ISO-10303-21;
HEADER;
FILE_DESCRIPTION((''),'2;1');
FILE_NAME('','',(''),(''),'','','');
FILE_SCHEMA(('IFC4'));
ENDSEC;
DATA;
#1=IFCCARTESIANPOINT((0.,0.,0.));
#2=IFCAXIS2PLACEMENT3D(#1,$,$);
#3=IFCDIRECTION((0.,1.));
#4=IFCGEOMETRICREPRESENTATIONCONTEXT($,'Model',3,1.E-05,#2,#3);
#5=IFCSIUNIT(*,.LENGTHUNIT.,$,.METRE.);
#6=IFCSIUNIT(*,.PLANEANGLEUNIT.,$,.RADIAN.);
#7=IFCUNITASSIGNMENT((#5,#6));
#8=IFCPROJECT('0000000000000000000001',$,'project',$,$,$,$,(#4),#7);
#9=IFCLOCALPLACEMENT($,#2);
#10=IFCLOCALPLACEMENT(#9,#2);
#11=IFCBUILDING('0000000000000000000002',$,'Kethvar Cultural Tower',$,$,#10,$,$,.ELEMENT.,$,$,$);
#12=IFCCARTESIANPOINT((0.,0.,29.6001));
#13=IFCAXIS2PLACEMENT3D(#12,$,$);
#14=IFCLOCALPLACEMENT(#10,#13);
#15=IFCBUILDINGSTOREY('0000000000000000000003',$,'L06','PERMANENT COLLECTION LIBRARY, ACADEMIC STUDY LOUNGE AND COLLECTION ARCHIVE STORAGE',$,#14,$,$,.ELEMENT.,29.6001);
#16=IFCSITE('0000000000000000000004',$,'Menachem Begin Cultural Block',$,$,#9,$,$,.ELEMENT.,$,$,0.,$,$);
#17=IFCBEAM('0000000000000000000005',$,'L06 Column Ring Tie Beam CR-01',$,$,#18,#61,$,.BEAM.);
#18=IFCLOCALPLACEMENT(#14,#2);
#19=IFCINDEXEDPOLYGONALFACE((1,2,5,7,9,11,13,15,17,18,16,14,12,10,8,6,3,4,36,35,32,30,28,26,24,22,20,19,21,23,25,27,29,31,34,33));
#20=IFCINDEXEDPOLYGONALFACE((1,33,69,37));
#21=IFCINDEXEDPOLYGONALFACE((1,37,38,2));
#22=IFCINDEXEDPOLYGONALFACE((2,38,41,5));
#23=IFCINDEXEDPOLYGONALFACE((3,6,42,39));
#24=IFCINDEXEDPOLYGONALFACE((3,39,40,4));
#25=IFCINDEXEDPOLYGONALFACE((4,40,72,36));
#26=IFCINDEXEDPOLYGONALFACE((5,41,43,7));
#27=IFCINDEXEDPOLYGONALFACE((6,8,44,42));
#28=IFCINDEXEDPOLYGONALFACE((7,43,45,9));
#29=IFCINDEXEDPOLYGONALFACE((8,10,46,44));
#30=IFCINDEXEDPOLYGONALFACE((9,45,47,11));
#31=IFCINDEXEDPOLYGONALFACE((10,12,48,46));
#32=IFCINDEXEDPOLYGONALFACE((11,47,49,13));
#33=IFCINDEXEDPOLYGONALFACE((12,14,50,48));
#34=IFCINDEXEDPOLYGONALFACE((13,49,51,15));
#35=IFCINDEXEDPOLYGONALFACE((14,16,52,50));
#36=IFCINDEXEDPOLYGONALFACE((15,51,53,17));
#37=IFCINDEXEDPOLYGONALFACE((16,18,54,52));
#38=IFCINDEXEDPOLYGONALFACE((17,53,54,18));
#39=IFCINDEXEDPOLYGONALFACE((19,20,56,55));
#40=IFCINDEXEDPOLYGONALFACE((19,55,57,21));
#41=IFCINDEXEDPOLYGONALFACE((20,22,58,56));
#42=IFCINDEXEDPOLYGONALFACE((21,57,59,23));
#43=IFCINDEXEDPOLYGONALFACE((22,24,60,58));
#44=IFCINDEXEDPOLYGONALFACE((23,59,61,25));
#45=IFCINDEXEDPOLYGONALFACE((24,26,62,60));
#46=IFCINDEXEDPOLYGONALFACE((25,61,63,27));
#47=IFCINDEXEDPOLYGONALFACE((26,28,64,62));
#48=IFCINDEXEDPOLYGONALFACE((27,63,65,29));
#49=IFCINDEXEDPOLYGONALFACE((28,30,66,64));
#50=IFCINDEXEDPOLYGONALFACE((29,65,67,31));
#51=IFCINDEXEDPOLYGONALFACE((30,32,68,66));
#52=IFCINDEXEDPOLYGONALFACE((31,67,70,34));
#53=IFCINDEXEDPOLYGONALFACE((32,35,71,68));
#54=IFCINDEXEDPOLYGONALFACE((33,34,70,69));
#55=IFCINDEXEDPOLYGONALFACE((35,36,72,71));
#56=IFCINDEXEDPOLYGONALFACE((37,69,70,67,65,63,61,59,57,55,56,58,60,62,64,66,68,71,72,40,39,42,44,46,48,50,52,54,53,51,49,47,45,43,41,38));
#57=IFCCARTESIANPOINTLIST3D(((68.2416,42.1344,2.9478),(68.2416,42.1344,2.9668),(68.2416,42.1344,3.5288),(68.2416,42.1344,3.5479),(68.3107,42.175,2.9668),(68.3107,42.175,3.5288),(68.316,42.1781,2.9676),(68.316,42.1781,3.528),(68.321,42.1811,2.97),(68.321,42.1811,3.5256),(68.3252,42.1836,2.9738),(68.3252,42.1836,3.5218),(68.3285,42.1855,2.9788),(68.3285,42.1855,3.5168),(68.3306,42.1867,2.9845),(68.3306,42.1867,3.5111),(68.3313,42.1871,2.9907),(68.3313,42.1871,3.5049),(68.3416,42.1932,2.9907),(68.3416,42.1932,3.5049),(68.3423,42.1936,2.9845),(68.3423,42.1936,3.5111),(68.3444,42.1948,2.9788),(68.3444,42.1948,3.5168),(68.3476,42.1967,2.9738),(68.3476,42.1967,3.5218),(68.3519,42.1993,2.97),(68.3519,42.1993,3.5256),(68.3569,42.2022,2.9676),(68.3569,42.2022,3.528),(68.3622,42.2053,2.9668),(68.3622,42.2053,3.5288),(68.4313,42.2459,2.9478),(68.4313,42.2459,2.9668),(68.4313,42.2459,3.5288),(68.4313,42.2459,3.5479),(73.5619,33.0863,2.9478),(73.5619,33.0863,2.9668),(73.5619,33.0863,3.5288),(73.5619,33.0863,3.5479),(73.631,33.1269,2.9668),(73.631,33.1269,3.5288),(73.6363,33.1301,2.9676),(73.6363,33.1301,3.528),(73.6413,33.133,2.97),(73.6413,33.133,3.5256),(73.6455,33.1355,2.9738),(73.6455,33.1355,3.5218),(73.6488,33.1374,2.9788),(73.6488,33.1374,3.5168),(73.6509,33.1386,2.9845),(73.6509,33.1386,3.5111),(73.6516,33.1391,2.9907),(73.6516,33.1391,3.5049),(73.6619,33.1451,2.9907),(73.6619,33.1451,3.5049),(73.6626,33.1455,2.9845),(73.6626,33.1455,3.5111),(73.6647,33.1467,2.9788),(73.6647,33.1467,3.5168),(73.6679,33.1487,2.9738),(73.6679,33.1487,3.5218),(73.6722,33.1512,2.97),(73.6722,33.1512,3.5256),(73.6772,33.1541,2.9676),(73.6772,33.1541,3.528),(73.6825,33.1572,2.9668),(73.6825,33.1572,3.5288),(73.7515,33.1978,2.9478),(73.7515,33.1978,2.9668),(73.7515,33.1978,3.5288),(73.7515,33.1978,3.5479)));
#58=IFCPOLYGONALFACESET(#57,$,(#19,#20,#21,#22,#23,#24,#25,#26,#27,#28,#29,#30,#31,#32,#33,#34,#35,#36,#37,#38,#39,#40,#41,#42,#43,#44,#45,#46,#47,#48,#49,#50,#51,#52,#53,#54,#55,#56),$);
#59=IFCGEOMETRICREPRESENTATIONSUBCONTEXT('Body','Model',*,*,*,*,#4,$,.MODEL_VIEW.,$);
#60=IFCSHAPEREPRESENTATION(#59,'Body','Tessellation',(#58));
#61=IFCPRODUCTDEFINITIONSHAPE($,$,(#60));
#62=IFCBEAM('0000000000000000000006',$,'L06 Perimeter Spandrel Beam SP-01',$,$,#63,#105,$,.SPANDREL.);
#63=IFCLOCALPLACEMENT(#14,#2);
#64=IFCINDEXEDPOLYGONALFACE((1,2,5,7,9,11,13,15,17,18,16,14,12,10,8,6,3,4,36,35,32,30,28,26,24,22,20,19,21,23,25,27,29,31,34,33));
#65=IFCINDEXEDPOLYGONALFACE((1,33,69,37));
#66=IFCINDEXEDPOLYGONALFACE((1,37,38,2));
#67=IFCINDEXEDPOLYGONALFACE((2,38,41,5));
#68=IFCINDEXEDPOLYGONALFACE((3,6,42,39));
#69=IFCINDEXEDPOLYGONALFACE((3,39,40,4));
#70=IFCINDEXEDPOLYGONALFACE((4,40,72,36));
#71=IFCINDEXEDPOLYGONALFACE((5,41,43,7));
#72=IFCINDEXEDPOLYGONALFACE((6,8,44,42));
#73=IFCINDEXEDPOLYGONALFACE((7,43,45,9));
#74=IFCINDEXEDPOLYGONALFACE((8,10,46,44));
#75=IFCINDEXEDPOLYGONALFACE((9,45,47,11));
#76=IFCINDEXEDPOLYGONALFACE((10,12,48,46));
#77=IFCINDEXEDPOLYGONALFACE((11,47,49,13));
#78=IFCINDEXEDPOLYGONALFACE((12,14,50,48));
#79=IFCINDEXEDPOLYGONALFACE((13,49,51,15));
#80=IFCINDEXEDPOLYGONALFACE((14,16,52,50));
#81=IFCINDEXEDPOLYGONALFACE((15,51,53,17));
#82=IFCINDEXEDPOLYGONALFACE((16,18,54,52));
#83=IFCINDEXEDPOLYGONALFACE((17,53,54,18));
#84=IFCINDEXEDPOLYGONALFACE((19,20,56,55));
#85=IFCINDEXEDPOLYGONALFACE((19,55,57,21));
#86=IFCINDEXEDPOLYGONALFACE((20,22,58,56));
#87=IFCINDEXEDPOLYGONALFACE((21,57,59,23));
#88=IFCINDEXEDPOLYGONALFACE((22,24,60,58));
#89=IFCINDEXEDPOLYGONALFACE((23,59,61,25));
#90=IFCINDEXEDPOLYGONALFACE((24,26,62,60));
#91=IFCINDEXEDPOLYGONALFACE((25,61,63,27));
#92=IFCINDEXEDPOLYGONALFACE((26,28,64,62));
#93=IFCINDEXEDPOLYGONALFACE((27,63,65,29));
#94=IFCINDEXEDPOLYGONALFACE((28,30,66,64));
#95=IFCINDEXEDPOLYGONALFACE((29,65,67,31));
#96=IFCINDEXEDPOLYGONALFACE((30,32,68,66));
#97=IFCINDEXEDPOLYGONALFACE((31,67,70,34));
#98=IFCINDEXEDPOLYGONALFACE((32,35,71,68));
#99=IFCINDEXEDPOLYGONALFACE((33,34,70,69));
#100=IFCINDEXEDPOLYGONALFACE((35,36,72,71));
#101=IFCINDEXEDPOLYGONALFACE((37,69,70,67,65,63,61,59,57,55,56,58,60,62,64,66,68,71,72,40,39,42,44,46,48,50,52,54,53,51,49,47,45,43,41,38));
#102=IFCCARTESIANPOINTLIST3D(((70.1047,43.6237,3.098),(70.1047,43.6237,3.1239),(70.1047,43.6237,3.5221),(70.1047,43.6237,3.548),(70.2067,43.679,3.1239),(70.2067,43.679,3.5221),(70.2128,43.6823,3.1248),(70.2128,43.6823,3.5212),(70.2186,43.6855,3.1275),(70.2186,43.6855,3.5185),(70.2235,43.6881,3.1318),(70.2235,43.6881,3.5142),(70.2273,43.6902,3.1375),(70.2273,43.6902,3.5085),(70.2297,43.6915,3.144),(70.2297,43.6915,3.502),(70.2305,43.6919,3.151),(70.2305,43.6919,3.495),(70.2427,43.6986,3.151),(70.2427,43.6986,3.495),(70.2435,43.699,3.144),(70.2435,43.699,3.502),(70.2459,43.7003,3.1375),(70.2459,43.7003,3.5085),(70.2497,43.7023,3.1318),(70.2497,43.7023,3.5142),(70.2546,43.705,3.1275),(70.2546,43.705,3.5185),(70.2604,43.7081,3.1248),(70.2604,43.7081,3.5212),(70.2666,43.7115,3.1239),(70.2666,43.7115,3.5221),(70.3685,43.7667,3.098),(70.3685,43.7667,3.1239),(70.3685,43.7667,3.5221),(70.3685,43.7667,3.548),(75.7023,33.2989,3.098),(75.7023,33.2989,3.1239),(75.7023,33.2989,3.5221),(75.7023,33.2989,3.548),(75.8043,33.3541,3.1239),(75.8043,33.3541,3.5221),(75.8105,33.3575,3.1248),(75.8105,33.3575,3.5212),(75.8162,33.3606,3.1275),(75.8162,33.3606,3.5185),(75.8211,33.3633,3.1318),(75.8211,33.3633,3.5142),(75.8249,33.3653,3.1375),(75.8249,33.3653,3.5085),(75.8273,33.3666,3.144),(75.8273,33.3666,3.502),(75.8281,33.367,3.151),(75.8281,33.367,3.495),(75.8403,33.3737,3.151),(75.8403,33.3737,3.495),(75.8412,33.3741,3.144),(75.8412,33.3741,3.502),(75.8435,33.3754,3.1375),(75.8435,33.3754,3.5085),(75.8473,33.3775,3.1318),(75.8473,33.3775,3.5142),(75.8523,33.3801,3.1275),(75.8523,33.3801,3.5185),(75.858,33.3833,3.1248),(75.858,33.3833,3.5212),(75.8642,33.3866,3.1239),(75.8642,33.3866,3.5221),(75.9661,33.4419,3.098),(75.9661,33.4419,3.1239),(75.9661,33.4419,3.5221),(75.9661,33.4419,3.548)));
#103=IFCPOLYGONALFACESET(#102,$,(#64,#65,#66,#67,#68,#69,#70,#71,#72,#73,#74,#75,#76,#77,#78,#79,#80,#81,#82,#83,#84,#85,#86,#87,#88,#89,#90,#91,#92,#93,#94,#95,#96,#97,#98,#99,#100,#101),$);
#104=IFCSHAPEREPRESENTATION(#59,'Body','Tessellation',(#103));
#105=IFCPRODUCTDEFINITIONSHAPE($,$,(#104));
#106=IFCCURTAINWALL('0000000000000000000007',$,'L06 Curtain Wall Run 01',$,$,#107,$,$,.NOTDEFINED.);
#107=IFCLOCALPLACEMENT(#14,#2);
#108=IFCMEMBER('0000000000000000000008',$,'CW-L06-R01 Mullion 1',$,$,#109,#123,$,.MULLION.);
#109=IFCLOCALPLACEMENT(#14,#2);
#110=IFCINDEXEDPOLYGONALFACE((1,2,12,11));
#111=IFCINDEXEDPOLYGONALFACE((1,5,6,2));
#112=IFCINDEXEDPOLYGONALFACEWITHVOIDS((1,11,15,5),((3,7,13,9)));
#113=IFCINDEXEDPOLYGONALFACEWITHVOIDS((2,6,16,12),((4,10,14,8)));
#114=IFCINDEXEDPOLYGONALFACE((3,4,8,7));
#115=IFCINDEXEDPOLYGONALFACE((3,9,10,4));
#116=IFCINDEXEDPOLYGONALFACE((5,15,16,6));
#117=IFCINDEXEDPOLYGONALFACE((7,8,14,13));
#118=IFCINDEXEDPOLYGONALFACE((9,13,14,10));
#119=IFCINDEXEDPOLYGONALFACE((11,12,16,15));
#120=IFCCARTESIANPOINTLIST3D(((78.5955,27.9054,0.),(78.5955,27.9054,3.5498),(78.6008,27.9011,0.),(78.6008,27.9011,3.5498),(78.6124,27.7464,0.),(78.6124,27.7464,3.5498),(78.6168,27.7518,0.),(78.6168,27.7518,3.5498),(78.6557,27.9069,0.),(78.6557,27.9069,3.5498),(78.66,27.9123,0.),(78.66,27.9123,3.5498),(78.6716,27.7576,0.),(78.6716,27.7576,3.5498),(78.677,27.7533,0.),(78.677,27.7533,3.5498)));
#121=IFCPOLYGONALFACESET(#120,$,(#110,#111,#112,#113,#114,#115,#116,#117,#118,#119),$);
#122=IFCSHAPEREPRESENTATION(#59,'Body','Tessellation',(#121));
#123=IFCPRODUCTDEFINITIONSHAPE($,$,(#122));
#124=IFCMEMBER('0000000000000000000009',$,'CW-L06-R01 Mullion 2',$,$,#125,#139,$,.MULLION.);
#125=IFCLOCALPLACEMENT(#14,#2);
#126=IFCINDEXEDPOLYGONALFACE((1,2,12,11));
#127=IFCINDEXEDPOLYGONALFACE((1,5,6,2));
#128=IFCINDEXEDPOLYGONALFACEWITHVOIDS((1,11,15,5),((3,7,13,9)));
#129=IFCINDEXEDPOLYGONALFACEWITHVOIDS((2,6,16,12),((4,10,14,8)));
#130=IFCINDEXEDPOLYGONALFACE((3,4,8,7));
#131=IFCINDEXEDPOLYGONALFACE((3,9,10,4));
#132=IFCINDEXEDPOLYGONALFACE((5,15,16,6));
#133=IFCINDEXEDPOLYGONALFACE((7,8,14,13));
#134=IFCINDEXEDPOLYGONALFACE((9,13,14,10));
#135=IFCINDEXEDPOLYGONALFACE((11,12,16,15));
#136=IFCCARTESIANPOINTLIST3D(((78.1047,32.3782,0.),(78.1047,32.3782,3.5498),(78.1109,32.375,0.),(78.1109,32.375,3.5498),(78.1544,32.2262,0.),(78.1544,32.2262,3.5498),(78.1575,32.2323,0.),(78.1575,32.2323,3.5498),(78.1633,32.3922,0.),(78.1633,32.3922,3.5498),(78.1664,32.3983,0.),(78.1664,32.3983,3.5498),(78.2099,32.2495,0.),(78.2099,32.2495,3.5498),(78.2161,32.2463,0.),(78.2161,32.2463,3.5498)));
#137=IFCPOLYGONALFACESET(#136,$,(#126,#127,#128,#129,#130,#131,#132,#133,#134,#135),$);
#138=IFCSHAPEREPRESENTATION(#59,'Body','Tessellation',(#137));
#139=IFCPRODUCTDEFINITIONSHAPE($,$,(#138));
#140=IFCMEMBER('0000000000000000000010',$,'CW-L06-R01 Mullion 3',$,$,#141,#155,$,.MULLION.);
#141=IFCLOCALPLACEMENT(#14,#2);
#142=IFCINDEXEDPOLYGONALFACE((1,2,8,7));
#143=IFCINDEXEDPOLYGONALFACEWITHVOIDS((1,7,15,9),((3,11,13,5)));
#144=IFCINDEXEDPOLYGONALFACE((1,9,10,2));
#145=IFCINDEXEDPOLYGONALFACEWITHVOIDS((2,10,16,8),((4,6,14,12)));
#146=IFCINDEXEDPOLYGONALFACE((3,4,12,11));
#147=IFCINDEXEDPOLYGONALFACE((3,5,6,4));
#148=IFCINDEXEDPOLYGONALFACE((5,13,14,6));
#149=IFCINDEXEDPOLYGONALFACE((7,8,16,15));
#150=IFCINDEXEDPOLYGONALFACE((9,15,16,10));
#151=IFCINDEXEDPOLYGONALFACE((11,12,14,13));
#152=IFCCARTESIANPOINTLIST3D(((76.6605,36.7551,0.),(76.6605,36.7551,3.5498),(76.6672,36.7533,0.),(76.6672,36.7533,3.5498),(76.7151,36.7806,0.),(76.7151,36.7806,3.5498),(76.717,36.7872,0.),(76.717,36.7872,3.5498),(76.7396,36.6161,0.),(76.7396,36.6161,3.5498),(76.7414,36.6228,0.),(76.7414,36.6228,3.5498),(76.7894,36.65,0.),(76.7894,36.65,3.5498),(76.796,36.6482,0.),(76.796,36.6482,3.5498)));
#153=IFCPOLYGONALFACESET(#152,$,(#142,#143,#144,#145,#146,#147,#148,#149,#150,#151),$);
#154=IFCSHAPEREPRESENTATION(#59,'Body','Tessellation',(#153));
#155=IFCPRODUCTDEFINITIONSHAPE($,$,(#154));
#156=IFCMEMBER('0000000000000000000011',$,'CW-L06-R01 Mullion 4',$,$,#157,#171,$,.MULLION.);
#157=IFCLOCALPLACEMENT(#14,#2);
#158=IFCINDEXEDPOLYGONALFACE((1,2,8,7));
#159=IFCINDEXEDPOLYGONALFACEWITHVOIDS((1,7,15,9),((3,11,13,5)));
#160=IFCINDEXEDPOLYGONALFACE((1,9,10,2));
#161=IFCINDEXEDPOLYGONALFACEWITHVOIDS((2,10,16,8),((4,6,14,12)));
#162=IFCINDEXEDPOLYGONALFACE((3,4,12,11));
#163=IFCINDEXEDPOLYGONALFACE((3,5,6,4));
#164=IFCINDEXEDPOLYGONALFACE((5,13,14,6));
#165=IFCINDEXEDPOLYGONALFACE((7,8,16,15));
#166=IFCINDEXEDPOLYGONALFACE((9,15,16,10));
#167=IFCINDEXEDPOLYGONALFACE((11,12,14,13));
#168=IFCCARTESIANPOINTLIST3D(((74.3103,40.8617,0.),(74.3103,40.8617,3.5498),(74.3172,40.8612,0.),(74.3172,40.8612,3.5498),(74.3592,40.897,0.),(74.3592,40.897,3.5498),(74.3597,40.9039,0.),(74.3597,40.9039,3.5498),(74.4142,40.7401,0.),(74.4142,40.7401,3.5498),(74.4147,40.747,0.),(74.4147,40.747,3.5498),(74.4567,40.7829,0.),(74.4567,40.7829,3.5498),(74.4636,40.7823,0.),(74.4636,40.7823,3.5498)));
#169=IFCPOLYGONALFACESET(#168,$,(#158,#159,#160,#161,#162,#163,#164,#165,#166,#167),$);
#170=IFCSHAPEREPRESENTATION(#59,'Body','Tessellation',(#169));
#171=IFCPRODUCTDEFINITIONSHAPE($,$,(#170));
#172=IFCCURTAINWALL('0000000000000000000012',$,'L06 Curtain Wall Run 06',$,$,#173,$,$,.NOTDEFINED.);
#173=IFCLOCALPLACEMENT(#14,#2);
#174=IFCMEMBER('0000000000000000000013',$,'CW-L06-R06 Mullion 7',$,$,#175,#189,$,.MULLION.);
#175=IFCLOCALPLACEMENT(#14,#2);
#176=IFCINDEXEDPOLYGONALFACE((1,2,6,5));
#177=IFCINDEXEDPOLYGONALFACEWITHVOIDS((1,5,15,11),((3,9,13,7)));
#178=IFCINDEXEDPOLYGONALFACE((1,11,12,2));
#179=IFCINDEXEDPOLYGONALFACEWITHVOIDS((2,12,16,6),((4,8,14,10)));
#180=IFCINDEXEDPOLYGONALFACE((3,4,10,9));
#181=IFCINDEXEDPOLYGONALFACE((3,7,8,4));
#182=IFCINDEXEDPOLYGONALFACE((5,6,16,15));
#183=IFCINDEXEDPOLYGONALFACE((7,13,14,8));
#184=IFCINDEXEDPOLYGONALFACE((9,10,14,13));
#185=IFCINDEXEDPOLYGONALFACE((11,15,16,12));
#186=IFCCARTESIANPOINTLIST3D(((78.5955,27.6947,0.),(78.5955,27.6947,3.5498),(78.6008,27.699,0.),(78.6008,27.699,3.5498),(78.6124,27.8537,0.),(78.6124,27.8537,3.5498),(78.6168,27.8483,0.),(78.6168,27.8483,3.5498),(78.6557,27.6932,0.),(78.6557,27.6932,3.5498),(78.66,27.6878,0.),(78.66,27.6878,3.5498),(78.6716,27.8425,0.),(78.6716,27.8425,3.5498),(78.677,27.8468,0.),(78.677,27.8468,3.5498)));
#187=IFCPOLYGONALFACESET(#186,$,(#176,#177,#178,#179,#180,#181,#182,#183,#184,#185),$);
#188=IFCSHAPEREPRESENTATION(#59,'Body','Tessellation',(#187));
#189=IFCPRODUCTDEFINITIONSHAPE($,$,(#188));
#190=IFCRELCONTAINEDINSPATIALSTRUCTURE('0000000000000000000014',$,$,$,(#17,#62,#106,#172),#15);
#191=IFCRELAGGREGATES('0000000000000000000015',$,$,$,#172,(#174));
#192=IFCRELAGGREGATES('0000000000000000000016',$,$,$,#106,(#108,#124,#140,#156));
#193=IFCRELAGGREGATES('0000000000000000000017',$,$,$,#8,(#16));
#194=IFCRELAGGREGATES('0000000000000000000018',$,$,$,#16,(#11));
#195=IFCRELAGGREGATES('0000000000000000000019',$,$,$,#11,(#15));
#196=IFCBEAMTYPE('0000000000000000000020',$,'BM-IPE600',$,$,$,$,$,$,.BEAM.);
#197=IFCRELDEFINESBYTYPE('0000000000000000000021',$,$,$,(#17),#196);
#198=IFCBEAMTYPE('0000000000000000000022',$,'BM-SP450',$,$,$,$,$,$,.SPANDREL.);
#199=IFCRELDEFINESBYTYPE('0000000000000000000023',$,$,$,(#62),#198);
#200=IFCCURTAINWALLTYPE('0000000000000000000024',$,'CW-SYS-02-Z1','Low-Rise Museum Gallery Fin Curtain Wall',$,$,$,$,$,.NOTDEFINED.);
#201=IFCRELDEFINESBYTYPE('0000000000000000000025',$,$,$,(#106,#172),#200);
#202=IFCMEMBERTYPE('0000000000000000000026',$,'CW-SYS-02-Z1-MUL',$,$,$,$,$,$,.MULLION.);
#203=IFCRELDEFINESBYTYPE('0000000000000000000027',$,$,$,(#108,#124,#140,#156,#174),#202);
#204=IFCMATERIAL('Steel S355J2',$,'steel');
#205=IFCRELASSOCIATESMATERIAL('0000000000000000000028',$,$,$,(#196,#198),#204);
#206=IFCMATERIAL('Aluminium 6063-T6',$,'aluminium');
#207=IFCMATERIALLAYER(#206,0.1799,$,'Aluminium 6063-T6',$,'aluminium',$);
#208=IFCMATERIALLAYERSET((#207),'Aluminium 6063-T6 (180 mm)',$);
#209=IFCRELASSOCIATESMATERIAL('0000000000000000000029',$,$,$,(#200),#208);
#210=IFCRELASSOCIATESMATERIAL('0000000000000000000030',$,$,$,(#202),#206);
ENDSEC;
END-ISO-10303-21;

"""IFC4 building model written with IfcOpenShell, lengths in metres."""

from ifc_helpers import new_model, si_unit, direction, frame, origin, origin_2d, place, context, subcontext, project, spatial, hollow_rectangle, i_section, extrude, source, transform, mapped, material, layer, layer_set, material_profile, profile_set, type_object, element, aggregate, save


model = new_model("IFC4")

# Units and contexts
model_context = context("Model", 3, precision=1e-05, world=origin(), true_north=direction((0.0, 1.0)))
body_context = subcontext(model_context, "Body", "Model", "MODEL_VIEW")
ifc_project = project(units=[si_unit("LENGTHUNIT", "METRE"), si_unit("PLANEANGLEUNIT", "RADIAN")], contexts=[model_context])

# Site, building, storey
site_placement = place(None, origin())
site = spatial("IfcSite", under=ifc_project, at=site_placement, Name="Menachem Begin Cultural Block", CompositionType="ELEMENT", RefElevation=0.0)
building_placement = place(site_placement, origin())
building = spatial("IfcBuilding", under=site, at=building_placement, Name="Kethvar Cultural Tower", CompositionType="ELEMENT")
storey_placement = place(building_placement, frame((0.0, 0.0, 29.6001)))
storey = spatial("IfcBuildingStorey", under=building, at=storey_placement, Name="L06", Description="PERMANENT COLLECTION LIBRARY, ACADEMIC STUDY LOUNGE AND COLLECTION ARCHIVE STORAGE", CompositionType="ELEMENT", Elevation=29.6001)

# Beams
ifc_material_1 = material(Name="Steel S355J2", Category="steel")
ifc_material_profile_1 = material_profile(ifc_material_1, i_section(OverallWidth=0.22, OverallDepth=0.6001, WebThickness=0.012, FlangeThickness=0.019, FilletRadius=0.0239, at=origin_2d()), Name="Steel S355J2 — IPE600")
ifc_profile_set_1 = profile_set([ifc_material_profile_1], Name="Steel S355J2 — IPE600")
beam_type_1 = type_object("IfcBeamType", Name="BM-IPE600", PredefinedType="BEAM", material=ifc_profile_set_1)
shared_shape_1 = source(origin(), body_context, "Body", "SweptSolid", [
    extrude(i_section(OverallWidth=0.22, OverallDepth=0.6001, WebThickness=0.012, FlangeThickness=0.019, FilletRadius=0.0239, at=origin_2d()), origin(), (0.0, 0.0, 1.0), 10.4963),
])
beam_1_placement = place(storey_placement, frame((73.6567, 33.1421, 3.2478), z_axis=(-0.506872, 0.862022, 0.0), x_axis=(-0.862022, -0.506872, 0.0)))
element("IfcBeam", 1, at=beam_1_placement, inside=storey, type_object=beam_type_1, Name="L06 Column Ring Tie Beam CR-01", PredefinedType="BEAM", context=body_context, shape_type="MappedRepresentation", body=[
    mapped(shared_shape_1, transform((0.0, 0.0, 0.0), scale=1.0)),
])
ifc_material_profile_2 = material_profile(ifc_material_1, i_section(OverallWidth=0.3, OverallDepth=0.45, WebThickness=0.0139, FlangeThickness=0.0259, FilletRadius=0.0271, at=origin_2d()), Name="Steel S355J2 — HEB450")
ifc_profile_set_2 = profile_set([ifc_material_profile_2], Name="Steel S355J2 — HEB450")
beam_type_2 = type_object("IfcBeamType", Name="BM-SP450", PredefinedType="SPANDREL", material=ifc_profile_set_2)
shared_shape_2 = source(origin(), body_context, "Body", "SweptSolid", [
    extrude(i_section(OverallWidth=0.3, OverallDepth=0.45, WebThickness=0.0139, FlangeThickness=0.0259, FilletRadius=0.0271, at=origin_2d()), origin(), (0.0, 0.0, 1.0), 11.7446),
])
beam_2_placement = place(storey_placement, frame((75.8342, 33.3704, 3.323), z_axis=(-0.476611, 0.879115, 0.0), x_axis=(-0.879115, -0.476611, 0.0)))
element("IfcBeam", 2, at=beam_2_placement, inside=storey, type_object=beam_type_2, Name="L06 Perimeter Spandrel Beam SP-01", PredefinedType="SPANDREL", context=body_context, shape_type="MappedRepresentation", body=[
    mapped(shared_shape_2, transform((0.0, 0.0, 0.0), scale=1.0)),
])

# Curtain wall, members
ifc_material_2 = material(Name="Aluminium 6063-T6", Category="aluminium")
ifc_layer_1 = layer(ifc_material_2, 0.1799, Name="Aluminium 6063-T6", Category="aluminium")
ifc_layer_set_1 = layer_set([ifc_layer_1], Name="Aluminium 6063-T6 (180 mm)")
curtain_wall_type = type_object("IfcCurtainWallType", Name="CW-SYS-02-Z1", Description="Low-Rise Museum Gallery Fin Curtain Wall", PredefinedType="NOTDEFINED", material=ifc_layer_set_1)
curtain_wall_1_placement = place(storey_placement, origin())
curtain_wall_1 = element("IfcCurtainWall", 3, at=curtain_wall_1_placement, inside=storey, type_object=curtain_wall_type, Name="L06 Curtain Wall Run 01", PredefinedType="NOTDEFINED")
ifc_material_profile_3 = material_profile(ifc_material_2, hollow_rectangle(XDim=0.0649, YDim=0.1599, WallThickness=0.0049, at=origin_2d()), Name="Aluminium 6063-T6 — RHS160x65x5")
ifc_profile_set_3 = profile_set([ifc_material_profile_3], Name="Aluminium 6063-T6 — RHS160x65x5")
member_type_1 = type_object("IfcMemberType", Name="CW-SYS-02-Z1-MUL", PredefinedType="MULLION", material=ifc_profile_set_3)
shared_shape_3 = source(origin(), body_context, "Body", "SweptSolid", [
    extrude(hollow_rectangle(XDim=0.0649, YDim=0.1599, WallThickness=0.0049, at=origin_2d()), origin(), (0.0, 0.0, 1.0), 3.5498),
])
member_1_placement = place(storey_placement, frame((78.6362, 27.8293, 0.0), z_axis=(0.0, 0.0, 1.0), x_axis=(-0.994355, -0.106108, 0.0)))
member_1 = element("IfcMember", 4, at=member_1_placement, type_object=member_type_1, Name="CW-L06-R01 Mullion 1", PredefinedType="MULLION", context=body_context, shape_type="MappedRepresentation", body=[
    mapped(shared_shape_3, transform((0.0, 0.0, 0.0), scale=1.0)),
])
member_2_placement = place(storey_placement, frame((78.1604, 32.3123, 0.0), z_axis=(0.0, 0.0, 1.0), x_axis=(-0.95051, -0.310693, 0.0)))
member_2 = element("IfcMember", 5, at=member_2_placement, type_object=member_type_1, Name="CW-L06-R01 Mullion 2", PredefinedType="MULLION", context=body_context, shape_type="MappedRepresentation", body=[
    mapped(shared_shape_3, transform((0.0, 0.0, 0.0), scale=1.0)),
])
member_3_placement = place(storey_placement, frame((76.7283, 36.7017, 0.0), z_axis=(0.0, 0.0, 1.0), x_axis=(-0.869219, -0.494427, 0.0)))
member_3 = element("IfcMember", 6, at=member_3_placement, type_object=member_type_1, Name="CW-L06-R01 Mullion 3", PredefinedType="MULLION", context=body_context, shape_type="MappedRepresentation", body=[
    mapped(shared_shape_3, transform((0.0, 0.0, 0.0), scale=1.0)),
])
member_4_placement = place(storey_placement, frame((74.387, 40.822, 0.0), z_axis=(0.0, 0.0, 1.0), x_axis=(-0.760372, -0.649488, 0.0)))
member_4 = element("IfcMember", 7, at=member_4_placement, type_object=member_type_1, Name="CW-L06-R01 Mullion 4", PredefinedType="MULLION", context=body_context, shape_type="MappedRepresentation", body=[
    mapped(shared_shape_3, transform((0.0, 0.0, 0.0), scale=1.0)),
])

# Curtain wall, member
curtain_wall_2_placement = place(storey_placement, origin())
curtain_wall_2 = element("IfcCurtainWall", 8, at=curtain_wall_2_placement, inside=storey, type_object=curtain_wall_type, Name="L06 Curtain Wall Run 06", PredefinedType="NOTDEFINED")
member_5_placement = place(storey_placement, frame((78.6362, 27.7708, 0.0), z_axis=(0.0, 0.0, 1.0), x_axis=(-0.994355, 0.106108, 0.0)))
member_5 = element("IfcMember", 9, at=member_5_placement, type_object=member_type_1, Name="CW-L06-R06 Mullion 7", PredefinedType="MULLION", context=body_context, shape_type="MappedRepresentation", body=[
    mapped(shared_shape_3, transform((0.0, 0.0, 0.0), scale=1.0)),
])
aggregate(curtain_wall_2, [member_5])

aggregate(curtain_wall_1, [member_1, member_2, member_3, member_4])

save(model, "model.ifc")
